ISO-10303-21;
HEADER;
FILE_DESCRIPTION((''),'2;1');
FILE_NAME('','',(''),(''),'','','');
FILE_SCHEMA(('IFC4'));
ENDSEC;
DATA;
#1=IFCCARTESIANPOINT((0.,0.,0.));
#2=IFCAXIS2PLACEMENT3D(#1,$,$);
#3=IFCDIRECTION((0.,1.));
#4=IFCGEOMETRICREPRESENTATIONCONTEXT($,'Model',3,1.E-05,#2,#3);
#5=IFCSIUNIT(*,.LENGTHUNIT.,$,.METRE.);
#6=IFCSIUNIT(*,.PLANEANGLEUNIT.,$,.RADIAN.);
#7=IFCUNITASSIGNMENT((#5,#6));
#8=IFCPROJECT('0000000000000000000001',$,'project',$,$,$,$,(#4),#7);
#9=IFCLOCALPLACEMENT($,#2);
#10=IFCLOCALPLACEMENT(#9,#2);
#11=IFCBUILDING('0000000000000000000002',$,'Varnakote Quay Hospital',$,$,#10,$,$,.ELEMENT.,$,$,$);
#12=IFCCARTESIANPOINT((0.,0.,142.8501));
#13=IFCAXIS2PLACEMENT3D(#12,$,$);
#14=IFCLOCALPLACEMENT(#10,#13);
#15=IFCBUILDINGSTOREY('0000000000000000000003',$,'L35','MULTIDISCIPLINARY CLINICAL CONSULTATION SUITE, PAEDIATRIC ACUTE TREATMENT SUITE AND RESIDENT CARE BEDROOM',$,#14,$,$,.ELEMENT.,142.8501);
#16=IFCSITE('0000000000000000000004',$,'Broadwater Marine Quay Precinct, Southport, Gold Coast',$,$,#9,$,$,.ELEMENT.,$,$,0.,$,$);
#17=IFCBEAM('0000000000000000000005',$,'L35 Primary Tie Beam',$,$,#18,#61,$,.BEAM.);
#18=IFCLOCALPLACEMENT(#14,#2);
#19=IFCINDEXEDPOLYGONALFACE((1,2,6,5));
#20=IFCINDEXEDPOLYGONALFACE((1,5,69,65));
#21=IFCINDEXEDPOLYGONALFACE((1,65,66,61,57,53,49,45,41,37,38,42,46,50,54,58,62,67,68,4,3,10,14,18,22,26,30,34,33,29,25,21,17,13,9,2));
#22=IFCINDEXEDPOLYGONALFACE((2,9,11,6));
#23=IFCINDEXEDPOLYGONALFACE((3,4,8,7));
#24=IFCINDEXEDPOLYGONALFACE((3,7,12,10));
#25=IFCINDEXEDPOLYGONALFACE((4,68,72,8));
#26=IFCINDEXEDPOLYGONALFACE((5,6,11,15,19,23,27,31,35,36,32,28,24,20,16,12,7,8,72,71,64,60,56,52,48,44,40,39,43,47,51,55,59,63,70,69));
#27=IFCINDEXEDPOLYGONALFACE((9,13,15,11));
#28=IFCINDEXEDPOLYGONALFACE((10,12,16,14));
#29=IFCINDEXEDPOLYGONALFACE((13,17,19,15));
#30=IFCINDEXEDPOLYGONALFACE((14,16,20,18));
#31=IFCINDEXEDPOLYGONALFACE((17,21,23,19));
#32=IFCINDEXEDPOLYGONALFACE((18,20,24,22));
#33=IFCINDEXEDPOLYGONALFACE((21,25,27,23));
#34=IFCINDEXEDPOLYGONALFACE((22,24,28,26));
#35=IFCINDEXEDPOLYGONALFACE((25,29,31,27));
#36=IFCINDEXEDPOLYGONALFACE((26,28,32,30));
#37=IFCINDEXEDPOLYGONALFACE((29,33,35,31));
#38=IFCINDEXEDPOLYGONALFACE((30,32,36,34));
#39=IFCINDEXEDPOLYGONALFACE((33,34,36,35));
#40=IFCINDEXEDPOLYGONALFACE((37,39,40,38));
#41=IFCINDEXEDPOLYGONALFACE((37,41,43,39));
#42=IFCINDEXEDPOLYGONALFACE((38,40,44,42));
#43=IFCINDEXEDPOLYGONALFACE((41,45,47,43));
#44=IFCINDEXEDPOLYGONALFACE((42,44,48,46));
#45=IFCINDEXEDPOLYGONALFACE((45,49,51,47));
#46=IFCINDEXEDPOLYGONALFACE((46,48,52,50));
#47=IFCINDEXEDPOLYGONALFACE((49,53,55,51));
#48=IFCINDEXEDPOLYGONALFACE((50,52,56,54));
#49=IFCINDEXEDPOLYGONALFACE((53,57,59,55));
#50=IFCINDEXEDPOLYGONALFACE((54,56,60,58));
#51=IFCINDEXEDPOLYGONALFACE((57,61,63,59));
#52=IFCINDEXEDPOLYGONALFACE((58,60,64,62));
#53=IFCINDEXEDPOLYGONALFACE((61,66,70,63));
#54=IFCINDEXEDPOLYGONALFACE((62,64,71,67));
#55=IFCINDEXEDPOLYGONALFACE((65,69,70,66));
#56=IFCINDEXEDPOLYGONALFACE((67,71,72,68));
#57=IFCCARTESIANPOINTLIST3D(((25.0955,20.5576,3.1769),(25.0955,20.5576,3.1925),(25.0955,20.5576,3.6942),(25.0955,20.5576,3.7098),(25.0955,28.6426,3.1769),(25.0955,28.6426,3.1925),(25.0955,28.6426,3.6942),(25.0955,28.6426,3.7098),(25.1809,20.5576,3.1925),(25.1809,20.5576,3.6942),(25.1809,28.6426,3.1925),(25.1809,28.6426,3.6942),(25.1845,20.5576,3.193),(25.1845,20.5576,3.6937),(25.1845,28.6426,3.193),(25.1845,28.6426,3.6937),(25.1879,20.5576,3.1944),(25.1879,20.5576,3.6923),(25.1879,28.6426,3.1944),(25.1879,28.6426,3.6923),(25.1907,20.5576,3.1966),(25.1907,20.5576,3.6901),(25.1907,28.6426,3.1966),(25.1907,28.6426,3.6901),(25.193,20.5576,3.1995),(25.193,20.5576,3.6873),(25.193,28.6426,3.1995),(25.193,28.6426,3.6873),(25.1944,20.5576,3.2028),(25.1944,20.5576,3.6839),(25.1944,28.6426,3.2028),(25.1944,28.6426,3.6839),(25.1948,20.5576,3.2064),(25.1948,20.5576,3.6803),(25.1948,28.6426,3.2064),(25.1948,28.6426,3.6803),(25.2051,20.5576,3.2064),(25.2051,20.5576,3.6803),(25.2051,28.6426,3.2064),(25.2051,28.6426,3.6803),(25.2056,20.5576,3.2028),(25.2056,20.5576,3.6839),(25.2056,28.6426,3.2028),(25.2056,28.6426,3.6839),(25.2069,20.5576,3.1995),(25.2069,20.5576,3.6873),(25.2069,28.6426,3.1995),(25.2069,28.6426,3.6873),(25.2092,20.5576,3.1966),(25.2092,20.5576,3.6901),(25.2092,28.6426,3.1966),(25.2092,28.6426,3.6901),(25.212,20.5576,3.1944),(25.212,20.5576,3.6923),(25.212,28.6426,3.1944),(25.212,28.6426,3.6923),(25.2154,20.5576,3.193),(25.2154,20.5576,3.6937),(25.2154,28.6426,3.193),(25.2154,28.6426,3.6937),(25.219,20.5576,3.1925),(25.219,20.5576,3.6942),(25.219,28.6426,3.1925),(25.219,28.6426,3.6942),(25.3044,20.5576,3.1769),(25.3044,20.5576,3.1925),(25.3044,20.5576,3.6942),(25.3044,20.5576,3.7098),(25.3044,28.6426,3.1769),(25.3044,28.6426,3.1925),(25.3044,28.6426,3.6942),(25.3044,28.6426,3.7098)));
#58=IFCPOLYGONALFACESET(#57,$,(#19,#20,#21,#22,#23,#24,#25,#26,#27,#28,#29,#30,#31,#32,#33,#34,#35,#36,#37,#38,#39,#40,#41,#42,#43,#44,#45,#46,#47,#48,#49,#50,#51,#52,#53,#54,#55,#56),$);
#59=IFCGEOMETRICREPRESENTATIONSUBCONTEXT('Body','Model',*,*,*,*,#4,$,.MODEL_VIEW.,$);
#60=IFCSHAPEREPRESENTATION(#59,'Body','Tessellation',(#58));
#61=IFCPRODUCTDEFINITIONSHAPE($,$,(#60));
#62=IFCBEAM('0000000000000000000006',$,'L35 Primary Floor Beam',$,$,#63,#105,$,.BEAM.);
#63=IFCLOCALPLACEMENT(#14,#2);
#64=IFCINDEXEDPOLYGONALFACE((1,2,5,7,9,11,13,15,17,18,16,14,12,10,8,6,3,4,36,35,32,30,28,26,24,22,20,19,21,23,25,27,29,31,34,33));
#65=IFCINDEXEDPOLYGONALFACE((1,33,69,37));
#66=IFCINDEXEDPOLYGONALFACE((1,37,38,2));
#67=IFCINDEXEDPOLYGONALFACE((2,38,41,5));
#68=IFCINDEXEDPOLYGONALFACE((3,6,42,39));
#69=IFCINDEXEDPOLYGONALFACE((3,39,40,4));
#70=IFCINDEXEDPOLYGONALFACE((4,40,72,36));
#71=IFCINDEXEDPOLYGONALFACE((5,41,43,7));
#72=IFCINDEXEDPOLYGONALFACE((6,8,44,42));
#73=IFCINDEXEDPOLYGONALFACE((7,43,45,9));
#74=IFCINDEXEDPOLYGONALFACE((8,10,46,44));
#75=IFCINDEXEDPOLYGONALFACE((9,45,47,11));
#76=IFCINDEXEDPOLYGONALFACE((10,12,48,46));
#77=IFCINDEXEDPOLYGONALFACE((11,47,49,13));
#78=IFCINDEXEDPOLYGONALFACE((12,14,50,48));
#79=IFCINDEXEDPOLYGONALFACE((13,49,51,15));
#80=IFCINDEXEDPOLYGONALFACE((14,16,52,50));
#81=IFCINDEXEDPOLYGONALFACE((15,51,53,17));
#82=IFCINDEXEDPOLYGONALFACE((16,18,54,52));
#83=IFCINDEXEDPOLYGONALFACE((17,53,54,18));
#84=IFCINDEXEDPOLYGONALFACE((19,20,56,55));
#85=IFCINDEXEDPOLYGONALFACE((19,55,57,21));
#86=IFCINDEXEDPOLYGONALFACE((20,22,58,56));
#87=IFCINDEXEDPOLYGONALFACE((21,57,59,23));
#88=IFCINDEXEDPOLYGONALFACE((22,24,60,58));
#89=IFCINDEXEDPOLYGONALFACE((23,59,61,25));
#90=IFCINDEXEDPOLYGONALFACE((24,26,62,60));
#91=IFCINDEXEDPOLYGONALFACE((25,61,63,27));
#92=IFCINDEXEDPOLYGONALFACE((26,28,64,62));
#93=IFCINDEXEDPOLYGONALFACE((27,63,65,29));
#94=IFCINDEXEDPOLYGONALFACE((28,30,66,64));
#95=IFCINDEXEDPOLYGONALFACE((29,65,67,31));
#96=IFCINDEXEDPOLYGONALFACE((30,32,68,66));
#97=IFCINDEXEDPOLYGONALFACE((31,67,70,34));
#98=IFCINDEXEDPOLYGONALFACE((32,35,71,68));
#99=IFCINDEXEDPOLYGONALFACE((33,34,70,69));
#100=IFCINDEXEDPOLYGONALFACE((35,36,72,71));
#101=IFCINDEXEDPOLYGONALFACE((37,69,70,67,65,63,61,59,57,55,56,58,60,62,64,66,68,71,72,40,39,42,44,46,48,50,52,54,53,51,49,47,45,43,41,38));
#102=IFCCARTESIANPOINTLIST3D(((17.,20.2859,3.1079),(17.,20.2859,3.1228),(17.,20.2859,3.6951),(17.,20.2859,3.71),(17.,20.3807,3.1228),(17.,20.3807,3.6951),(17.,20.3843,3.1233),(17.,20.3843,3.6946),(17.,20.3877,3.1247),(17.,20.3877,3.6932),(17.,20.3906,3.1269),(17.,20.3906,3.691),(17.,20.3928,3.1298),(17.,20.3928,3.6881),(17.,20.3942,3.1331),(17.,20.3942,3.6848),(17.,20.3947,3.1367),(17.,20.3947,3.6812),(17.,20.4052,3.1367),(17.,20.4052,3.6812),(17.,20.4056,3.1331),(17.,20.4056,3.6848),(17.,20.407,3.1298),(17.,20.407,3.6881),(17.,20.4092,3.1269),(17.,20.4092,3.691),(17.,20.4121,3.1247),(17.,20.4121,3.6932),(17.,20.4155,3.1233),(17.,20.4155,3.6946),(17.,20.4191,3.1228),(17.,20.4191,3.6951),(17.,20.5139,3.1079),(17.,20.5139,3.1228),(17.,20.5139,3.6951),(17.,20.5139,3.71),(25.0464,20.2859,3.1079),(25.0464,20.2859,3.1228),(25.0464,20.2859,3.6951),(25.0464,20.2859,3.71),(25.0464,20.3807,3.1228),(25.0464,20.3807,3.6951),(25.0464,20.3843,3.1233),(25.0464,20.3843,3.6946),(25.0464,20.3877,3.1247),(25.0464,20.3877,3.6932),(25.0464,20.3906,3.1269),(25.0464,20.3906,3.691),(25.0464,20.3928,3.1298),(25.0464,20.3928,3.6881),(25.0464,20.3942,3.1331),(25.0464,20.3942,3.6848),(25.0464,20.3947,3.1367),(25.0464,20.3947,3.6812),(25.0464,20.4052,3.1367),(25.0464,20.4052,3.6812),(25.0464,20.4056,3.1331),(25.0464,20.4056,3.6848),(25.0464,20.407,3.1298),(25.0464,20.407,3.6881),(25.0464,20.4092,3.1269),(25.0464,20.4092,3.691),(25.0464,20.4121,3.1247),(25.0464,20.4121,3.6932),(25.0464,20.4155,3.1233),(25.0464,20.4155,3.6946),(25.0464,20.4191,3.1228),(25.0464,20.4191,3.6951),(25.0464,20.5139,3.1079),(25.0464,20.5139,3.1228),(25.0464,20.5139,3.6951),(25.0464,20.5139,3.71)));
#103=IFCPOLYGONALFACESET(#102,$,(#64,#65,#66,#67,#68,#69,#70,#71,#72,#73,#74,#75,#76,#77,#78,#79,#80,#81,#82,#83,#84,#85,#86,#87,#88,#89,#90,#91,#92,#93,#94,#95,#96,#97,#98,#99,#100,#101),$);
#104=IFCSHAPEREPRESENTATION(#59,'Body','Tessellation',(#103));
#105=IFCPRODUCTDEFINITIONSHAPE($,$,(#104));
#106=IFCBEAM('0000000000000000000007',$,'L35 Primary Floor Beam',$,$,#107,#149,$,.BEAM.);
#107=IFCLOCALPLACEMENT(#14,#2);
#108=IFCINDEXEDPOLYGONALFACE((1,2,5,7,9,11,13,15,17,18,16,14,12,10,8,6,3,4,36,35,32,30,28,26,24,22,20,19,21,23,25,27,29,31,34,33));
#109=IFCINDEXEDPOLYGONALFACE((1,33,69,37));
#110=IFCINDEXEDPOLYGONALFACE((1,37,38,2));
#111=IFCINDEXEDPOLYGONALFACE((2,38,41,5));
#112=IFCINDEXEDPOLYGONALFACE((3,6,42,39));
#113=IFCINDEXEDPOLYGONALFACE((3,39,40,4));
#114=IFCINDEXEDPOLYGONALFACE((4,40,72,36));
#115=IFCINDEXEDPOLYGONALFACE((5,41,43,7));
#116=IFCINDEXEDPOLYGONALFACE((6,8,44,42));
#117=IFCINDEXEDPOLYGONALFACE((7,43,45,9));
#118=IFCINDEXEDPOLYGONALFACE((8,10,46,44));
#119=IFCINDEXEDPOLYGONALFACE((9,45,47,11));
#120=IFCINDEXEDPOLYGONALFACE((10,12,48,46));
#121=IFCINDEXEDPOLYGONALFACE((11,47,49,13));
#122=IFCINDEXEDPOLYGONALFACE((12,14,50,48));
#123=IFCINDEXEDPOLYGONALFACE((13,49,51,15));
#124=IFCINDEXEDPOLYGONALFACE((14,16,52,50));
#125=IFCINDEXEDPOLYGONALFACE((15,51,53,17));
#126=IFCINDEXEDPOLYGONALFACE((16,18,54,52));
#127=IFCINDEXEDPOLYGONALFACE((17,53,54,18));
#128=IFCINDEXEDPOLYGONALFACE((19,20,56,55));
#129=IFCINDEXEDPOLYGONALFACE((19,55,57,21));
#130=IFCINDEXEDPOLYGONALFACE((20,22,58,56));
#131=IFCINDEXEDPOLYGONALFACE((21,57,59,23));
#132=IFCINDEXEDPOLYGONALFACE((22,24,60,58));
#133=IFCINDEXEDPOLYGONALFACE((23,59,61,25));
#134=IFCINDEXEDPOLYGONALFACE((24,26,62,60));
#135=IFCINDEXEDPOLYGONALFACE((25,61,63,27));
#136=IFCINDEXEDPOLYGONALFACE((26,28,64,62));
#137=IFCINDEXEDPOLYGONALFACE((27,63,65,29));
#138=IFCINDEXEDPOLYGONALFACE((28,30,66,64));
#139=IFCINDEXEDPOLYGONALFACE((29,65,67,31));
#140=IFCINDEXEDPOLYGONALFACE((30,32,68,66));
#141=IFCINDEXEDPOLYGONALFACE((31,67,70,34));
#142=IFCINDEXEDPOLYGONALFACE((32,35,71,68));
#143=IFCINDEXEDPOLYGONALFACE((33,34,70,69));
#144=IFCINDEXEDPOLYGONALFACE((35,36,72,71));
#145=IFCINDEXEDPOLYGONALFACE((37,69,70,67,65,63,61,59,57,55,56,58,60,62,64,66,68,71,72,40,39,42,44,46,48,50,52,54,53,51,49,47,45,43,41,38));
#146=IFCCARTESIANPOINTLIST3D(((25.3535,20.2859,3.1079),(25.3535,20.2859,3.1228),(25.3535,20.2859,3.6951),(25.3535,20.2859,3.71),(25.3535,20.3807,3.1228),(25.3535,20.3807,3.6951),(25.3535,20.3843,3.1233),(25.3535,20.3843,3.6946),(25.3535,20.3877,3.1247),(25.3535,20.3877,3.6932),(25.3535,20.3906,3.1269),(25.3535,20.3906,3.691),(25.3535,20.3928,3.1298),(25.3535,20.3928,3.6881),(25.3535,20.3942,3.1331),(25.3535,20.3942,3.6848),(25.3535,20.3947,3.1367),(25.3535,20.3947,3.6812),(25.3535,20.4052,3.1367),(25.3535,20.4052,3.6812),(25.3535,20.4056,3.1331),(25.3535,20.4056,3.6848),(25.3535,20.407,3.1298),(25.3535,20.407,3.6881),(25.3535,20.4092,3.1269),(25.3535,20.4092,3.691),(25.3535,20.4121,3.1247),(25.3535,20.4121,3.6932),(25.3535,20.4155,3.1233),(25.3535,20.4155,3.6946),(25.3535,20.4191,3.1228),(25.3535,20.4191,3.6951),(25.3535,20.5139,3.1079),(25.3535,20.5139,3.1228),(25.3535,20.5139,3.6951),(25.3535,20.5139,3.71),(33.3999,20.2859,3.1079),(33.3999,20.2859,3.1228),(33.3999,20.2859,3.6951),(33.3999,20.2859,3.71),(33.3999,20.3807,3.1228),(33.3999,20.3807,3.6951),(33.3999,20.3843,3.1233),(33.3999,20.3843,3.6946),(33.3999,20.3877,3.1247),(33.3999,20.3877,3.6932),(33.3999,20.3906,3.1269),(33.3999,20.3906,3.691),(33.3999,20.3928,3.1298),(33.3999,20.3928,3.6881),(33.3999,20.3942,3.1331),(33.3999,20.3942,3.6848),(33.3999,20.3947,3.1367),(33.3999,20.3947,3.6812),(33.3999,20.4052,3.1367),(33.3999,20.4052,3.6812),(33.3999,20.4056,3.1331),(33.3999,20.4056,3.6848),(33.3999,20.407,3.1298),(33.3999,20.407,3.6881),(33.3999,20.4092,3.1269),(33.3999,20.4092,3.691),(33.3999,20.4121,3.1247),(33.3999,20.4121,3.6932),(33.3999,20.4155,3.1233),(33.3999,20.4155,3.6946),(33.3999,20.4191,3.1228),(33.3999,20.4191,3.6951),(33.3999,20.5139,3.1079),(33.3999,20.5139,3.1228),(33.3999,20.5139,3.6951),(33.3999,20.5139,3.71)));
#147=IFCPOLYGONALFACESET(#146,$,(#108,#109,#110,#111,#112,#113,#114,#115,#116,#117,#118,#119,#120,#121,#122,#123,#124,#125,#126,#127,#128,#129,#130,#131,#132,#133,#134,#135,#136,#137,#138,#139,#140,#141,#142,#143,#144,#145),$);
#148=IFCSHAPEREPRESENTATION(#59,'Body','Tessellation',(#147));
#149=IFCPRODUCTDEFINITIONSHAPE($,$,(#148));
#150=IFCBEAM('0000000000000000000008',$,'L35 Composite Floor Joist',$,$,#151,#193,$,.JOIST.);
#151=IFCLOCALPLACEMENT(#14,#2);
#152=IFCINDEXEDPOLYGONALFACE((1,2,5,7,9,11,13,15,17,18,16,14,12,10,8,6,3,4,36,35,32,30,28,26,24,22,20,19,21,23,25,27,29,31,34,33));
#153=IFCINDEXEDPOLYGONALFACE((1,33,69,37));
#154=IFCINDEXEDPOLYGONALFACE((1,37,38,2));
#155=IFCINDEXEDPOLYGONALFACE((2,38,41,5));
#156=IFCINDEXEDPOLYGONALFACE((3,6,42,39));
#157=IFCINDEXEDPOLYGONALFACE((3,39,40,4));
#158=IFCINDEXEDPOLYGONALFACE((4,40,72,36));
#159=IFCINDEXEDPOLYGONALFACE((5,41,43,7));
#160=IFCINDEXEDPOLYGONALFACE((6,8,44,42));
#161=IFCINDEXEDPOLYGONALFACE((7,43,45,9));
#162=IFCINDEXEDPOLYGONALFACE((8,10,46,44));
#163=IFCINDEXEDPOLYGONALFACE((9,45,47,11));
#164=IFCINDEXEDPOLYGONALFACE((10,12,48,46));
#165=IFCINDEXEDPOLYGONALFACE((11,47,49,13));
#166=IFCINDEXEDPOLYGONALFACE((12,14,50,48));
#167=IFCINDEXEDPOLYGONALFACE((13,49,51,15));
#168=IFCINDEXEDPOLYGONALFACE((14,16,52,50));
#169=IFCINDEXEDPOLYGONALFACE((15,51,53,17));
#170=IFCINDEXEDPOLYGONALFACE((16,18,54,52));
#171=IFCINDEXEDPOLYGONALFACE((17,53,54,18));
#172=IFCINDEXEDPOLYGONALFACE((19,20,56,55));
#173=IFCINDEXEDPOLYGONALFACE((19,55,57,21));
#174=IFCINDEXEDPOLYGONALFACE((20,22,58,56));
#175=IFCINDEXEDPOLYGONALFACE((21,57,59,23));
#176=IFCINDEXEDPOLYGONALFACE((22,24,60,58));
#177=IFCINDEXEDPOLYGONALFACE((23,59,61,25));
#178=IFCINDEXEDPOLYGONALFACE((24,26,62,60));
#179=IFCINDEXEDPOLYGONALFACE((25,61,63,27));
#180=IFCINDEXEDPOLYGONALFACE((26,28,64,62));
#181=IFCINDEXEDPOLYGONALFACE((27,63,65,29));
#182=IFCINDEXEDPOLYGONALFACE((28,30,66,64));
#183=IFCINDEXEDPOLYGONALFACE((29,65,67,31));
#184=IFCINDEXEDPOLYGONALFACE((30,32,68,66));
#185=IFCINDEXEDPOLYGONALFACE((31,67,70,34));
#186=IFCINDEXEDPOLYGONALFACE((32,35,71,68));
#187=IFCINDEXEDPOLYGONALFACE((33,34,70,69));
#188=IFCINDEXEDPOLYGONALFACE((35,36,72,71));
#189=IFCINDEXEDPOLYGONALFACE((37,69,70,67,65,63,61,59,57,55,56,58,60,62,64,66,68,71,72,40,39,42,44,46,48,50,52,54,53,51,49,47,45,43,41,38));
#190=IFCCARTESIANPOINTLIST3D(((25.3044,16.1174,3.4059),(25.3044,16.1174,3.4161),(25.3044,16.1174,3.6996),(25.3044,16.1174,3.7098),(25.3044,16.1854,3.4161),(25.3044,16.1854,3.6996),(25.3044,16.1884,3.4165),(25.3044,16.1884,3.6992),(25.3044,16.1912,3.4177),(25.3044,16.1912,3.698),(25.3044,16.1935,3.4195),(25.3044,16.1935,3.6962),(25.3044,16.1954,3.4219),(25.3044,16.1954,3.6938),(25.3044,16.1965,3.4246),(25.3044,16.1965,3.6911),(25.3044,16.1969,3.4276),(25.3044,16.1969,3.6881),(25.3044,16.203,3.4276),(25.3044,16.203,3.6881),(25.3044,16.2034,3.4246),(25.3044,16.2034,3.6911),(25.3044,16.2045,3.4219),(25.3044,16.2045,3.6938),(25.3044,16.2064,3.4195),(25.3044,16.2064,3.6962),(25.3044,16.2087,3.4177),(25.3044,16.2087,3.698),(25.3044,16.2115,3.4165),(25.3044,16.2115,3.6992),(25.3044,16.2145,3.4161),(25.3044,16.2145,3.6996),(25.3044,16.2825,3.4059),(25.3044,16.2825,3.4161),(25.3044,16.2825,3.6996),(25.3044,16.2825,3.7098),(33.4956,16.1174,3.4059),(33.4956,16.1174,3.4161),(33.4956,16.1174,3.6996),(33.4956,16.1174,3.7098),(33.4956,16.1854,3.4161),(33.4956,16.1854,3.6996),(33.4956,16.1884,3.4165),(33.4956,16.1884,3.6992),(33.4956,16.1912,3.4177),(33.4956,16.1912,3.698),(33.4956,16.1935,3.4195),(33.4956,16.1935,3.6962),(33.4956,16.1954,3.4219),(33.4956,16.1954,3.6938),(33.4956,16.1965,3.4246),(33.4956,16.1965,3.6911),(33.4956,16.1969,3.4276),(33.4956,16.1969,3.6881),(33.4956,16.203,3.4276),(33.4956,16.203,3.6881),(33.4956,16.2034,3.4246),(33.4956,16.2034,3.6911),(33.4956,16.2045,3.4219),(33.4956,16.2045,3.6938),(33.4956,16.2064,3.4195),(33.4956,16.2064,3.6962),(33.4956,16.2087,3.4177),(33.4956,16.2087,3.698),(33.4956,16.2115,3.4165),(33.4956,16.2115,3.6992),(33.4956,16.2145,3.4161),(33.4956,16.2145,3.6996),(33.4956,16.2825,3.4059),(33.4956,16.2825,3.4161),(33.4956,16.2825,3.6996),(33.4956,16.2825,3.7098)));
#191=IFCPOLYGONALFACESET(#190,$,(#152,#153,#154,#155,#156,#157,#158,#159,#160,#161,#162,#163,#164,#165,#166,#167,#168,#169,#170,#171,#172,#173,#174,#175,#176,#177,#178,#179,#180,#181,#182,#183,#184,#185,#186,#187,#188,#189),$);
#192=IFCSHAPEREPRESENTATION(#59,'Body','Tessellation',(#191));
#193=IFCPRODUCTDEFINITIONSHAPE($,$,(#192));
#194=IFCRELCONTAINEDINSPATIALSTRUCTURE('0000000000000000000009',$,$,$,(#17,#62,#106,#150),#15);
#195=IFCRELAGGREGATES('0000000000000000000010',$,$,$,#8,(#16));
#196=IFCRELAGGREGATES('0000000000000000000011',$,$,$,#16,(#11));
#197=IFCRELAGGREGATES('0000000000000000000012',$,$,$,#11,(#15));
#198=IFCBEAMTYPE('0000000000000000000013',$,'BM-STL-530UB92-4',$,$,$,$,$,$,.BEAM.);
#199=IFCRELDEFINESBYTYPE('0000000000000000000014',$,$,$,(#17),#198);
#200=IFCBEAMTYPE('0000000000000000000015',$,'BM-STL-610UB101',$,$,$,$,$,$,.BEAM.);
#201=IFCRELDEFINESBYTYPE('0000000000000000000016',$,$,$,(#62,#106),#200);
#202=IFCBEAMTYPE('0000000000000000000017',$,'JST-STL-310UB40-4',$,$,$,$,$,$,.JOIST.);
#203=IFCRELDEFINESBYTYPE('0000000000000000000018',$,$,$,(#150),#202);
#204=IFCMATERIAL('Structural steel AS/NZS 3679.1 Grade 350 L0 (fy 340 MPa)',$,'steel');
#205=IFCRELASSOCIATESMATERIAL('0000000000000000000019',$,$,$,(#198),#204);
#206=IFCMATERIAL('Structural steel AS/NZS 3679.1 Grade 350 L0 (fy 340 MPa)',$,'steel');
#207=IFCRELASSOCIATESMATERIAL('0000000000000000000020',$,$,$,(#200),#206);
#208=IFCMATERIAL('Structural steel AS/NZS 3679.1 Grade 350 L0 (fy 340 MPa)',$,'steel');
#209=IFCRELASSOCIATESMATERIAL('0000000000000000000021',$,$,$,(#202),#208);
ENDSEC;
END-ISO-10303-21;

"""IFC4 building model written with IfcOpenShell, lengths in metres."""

from ifc_helpers import new_model, si_unit, direction, frame, origin, origin_2d, place, context, subcontext, project, spatial, i_section, extrude, material, material_profile, profile_set, type_object, element, save


model = new_model("IFC4")

# Units and contexts
model_context = context("Model", 3, precision=1e-05, world=origin(), true_north=direction((0.0, 1.0)))
body_context = subcontext(model_context, "Body", "Model", "MODEL_VIEW")
ifc_project = project(units=[si_unit("LENGTHUNIT", "METRE"), si_unit("PLANEANGLEUNIT", "RADIAN")], contexts=[model_context])

# Site, building, storey
site_placement = place(None, origin())
site = spatial("IfcSite", under=ifc_project, at=site_placement, Name="Broadwater Marine Quay Precinct, Southport, Gold Coast", CompositionType="ELEMENT", RefElevation=0.0)
building_placement = place(site_placement, origin())
building = spatial("IfcBuilding", under=site, at=building_placement, Name="Varnakote Quay Hospital", CompositionType="ELEMENT")
storey_placement = place(building_placement, frame((0.0, 0.0, 142.8501)))
storey = spatial("IfcBuildingStorey", under=building, at=storey_placement, Name="L35", Description="MULTIDISCIPLINARY CLINICAL CONSULTATION SUITE, PAEDIATRIC ACUTE TREATMENT SUITE AND RESIDENT CARE BEDROOM", CompositionType="ELEMENT", Elevation=142.8501)

# Beams
ifc_material_1 = material(Name="Structural steel AS/NZS 3679.1 Grade 350 L0 (fy 340 MPa)", Category="steel")
ifc_material_profile_1 = material_profile(ifc_material_1, i_section(OverallWidth=0.209, OverallDepth=0.533, WebThickness=0.0103, FlangeThickness=0.0156, FilletRadius=0.0139, at=origin_2d()), Name="530UB92.4")
ifc_profile_set_1 = profile_set([ifc_material_profile_1], Name="Structural steel AS/NZS 3679.1 Grade 350 L0 (fy 340 MPa)")
beam_type_1 = type_object("IfcBeamType", Name="BM-STL-530UB92-4", PredefinedType="BEAM", material=ifc_profile_set_1)
for number, where, z_axis, x_axis, name in (
    (1, (25.2, 20.5576, 3.4434), (0.0, 1.0, 0.0), (-1.0, 0.0, 0.0), "L35 Primary Tie Beam"),
):
    element("IfcBeam", number, at=place(storey_placement, frame(where, z_axis=z_axis, x_axis=x_axis)), inside=storey, type_object=beam_type_1, Name=name, PredefinedType="BEAM", context=body_context, shape_type="SweptSolid", body=[
        extrude(i_section(OverallWidth=0.209, OverallDepth=0.533, WebThickness=0.0103, FlangeThickness=0.0156, FilletRadius=0.0139, at=origin_2d()), origin(), (0.0, 0.0, 1.0), 8.085),
    ])
ifc_material_2 = material(Name="Structural steel AS/NZS 3679.1 Grade 350 L0 (fy 340 MPa)", Category="steel")
ifc_material_profile_2 = material_profile(ifc_material_2, i_section(OverallWidth=0.228, OverallDepth=0.6021, WebThickness=0.0105, FlangeThickness=0.0149, FilletRadius=0.0139, at=origin_2d()), Name="610UB101")
ifc_profile_set_2 = profile_set([ifc_material_profile_2], Name="Structural steel AS/NZS 3679.1 Grade 350 L0 (fy 340 MPa)")
beam_type_2 = type_object("IfcBeamType", Name="BM-STL-610UB101", PredefinedType="BEAM", material=ifc_profile_set_2)
for number, where, z_axis, x_axis, name in (
    (2, (17.0, 20.3999, 3.4089), (1.0, 0.0, 0.0), (0.0, 1.0, 0.0), "L35 Primary Floor Beam"),
    (3, (25.3535, 20.3999, 3.4089), (1.0, 0.0, 0.0), (0.0, 1.0, 0.0), "L35 Primary Floor Beam"),
):
    element("IfcBeam", number, at=place(storey_placement, frame(where, z_axis=z_axis, x_axis=x_axis)), inside=storey, type_object=beam_type_2, Name=name, PredefinedType="BEAM", context=body_context, shape_type="SweptSolid", body=[
        extrude(i_section(OverallWidth=0.228, OverallDepth=0.6021, WebThickness=0.0105, FlangeThickness=0.0149, FilletRadius=0.0139, at=origin_2d()), origin(), (0.0, 0.0, 1.0), 8.0464),
    ])
ifc_material_3 = material(Name="Structural steel AS/NZS 3679.1 Grade 350 L0 (fy 340 MPa)", Category="steel")
ifc_material_profile_3 = material_profile(ifc_material_3, i_section(OverallWidth=0.165, OverallDepth=0.304, WebThickness=0.0061, FlangeThickness=0.0103, FilletRadius=0.0115, at=origin_2d()), Name="310UB40.4")
ifc_profile_set_3 = profile_set([ifc_material_profile_3], Name="Structural steel AS/NZS 3679.1 Grade 350 L0 (fy 340 MPa)")
beam_type_3 = type_object("IfcBeamType", Name="JST-STL-310UB40-4", PredefinedType="JOIST", material=ifc_profile_set_3)
beam_placement = place(storey_placement, frame((25.3044, 16.2, 3.5579), z_axis=(1.0, 0.0, 0.0), x_axis=(0.0, 1.0, 0.0)))
element("IfcBeam", 4, at=beam_placement, inside=storey, type_object=beam_type_3, Name="L35 Composite Floor Joist", PredefinedType="JOIST", context=body_context, shape_type="SweptSolid", body=[
    extrude(i_section(OverallWidth=0.165, OverallDepth=0.304, WebThickness=0.0061, FlangeThickness=0.0103, FilletRadius=0.0115, at=origin_2d()), origin(), (0.0, 0.0, 1.0), 8.1912),
])

save(model, "model.ifc")
